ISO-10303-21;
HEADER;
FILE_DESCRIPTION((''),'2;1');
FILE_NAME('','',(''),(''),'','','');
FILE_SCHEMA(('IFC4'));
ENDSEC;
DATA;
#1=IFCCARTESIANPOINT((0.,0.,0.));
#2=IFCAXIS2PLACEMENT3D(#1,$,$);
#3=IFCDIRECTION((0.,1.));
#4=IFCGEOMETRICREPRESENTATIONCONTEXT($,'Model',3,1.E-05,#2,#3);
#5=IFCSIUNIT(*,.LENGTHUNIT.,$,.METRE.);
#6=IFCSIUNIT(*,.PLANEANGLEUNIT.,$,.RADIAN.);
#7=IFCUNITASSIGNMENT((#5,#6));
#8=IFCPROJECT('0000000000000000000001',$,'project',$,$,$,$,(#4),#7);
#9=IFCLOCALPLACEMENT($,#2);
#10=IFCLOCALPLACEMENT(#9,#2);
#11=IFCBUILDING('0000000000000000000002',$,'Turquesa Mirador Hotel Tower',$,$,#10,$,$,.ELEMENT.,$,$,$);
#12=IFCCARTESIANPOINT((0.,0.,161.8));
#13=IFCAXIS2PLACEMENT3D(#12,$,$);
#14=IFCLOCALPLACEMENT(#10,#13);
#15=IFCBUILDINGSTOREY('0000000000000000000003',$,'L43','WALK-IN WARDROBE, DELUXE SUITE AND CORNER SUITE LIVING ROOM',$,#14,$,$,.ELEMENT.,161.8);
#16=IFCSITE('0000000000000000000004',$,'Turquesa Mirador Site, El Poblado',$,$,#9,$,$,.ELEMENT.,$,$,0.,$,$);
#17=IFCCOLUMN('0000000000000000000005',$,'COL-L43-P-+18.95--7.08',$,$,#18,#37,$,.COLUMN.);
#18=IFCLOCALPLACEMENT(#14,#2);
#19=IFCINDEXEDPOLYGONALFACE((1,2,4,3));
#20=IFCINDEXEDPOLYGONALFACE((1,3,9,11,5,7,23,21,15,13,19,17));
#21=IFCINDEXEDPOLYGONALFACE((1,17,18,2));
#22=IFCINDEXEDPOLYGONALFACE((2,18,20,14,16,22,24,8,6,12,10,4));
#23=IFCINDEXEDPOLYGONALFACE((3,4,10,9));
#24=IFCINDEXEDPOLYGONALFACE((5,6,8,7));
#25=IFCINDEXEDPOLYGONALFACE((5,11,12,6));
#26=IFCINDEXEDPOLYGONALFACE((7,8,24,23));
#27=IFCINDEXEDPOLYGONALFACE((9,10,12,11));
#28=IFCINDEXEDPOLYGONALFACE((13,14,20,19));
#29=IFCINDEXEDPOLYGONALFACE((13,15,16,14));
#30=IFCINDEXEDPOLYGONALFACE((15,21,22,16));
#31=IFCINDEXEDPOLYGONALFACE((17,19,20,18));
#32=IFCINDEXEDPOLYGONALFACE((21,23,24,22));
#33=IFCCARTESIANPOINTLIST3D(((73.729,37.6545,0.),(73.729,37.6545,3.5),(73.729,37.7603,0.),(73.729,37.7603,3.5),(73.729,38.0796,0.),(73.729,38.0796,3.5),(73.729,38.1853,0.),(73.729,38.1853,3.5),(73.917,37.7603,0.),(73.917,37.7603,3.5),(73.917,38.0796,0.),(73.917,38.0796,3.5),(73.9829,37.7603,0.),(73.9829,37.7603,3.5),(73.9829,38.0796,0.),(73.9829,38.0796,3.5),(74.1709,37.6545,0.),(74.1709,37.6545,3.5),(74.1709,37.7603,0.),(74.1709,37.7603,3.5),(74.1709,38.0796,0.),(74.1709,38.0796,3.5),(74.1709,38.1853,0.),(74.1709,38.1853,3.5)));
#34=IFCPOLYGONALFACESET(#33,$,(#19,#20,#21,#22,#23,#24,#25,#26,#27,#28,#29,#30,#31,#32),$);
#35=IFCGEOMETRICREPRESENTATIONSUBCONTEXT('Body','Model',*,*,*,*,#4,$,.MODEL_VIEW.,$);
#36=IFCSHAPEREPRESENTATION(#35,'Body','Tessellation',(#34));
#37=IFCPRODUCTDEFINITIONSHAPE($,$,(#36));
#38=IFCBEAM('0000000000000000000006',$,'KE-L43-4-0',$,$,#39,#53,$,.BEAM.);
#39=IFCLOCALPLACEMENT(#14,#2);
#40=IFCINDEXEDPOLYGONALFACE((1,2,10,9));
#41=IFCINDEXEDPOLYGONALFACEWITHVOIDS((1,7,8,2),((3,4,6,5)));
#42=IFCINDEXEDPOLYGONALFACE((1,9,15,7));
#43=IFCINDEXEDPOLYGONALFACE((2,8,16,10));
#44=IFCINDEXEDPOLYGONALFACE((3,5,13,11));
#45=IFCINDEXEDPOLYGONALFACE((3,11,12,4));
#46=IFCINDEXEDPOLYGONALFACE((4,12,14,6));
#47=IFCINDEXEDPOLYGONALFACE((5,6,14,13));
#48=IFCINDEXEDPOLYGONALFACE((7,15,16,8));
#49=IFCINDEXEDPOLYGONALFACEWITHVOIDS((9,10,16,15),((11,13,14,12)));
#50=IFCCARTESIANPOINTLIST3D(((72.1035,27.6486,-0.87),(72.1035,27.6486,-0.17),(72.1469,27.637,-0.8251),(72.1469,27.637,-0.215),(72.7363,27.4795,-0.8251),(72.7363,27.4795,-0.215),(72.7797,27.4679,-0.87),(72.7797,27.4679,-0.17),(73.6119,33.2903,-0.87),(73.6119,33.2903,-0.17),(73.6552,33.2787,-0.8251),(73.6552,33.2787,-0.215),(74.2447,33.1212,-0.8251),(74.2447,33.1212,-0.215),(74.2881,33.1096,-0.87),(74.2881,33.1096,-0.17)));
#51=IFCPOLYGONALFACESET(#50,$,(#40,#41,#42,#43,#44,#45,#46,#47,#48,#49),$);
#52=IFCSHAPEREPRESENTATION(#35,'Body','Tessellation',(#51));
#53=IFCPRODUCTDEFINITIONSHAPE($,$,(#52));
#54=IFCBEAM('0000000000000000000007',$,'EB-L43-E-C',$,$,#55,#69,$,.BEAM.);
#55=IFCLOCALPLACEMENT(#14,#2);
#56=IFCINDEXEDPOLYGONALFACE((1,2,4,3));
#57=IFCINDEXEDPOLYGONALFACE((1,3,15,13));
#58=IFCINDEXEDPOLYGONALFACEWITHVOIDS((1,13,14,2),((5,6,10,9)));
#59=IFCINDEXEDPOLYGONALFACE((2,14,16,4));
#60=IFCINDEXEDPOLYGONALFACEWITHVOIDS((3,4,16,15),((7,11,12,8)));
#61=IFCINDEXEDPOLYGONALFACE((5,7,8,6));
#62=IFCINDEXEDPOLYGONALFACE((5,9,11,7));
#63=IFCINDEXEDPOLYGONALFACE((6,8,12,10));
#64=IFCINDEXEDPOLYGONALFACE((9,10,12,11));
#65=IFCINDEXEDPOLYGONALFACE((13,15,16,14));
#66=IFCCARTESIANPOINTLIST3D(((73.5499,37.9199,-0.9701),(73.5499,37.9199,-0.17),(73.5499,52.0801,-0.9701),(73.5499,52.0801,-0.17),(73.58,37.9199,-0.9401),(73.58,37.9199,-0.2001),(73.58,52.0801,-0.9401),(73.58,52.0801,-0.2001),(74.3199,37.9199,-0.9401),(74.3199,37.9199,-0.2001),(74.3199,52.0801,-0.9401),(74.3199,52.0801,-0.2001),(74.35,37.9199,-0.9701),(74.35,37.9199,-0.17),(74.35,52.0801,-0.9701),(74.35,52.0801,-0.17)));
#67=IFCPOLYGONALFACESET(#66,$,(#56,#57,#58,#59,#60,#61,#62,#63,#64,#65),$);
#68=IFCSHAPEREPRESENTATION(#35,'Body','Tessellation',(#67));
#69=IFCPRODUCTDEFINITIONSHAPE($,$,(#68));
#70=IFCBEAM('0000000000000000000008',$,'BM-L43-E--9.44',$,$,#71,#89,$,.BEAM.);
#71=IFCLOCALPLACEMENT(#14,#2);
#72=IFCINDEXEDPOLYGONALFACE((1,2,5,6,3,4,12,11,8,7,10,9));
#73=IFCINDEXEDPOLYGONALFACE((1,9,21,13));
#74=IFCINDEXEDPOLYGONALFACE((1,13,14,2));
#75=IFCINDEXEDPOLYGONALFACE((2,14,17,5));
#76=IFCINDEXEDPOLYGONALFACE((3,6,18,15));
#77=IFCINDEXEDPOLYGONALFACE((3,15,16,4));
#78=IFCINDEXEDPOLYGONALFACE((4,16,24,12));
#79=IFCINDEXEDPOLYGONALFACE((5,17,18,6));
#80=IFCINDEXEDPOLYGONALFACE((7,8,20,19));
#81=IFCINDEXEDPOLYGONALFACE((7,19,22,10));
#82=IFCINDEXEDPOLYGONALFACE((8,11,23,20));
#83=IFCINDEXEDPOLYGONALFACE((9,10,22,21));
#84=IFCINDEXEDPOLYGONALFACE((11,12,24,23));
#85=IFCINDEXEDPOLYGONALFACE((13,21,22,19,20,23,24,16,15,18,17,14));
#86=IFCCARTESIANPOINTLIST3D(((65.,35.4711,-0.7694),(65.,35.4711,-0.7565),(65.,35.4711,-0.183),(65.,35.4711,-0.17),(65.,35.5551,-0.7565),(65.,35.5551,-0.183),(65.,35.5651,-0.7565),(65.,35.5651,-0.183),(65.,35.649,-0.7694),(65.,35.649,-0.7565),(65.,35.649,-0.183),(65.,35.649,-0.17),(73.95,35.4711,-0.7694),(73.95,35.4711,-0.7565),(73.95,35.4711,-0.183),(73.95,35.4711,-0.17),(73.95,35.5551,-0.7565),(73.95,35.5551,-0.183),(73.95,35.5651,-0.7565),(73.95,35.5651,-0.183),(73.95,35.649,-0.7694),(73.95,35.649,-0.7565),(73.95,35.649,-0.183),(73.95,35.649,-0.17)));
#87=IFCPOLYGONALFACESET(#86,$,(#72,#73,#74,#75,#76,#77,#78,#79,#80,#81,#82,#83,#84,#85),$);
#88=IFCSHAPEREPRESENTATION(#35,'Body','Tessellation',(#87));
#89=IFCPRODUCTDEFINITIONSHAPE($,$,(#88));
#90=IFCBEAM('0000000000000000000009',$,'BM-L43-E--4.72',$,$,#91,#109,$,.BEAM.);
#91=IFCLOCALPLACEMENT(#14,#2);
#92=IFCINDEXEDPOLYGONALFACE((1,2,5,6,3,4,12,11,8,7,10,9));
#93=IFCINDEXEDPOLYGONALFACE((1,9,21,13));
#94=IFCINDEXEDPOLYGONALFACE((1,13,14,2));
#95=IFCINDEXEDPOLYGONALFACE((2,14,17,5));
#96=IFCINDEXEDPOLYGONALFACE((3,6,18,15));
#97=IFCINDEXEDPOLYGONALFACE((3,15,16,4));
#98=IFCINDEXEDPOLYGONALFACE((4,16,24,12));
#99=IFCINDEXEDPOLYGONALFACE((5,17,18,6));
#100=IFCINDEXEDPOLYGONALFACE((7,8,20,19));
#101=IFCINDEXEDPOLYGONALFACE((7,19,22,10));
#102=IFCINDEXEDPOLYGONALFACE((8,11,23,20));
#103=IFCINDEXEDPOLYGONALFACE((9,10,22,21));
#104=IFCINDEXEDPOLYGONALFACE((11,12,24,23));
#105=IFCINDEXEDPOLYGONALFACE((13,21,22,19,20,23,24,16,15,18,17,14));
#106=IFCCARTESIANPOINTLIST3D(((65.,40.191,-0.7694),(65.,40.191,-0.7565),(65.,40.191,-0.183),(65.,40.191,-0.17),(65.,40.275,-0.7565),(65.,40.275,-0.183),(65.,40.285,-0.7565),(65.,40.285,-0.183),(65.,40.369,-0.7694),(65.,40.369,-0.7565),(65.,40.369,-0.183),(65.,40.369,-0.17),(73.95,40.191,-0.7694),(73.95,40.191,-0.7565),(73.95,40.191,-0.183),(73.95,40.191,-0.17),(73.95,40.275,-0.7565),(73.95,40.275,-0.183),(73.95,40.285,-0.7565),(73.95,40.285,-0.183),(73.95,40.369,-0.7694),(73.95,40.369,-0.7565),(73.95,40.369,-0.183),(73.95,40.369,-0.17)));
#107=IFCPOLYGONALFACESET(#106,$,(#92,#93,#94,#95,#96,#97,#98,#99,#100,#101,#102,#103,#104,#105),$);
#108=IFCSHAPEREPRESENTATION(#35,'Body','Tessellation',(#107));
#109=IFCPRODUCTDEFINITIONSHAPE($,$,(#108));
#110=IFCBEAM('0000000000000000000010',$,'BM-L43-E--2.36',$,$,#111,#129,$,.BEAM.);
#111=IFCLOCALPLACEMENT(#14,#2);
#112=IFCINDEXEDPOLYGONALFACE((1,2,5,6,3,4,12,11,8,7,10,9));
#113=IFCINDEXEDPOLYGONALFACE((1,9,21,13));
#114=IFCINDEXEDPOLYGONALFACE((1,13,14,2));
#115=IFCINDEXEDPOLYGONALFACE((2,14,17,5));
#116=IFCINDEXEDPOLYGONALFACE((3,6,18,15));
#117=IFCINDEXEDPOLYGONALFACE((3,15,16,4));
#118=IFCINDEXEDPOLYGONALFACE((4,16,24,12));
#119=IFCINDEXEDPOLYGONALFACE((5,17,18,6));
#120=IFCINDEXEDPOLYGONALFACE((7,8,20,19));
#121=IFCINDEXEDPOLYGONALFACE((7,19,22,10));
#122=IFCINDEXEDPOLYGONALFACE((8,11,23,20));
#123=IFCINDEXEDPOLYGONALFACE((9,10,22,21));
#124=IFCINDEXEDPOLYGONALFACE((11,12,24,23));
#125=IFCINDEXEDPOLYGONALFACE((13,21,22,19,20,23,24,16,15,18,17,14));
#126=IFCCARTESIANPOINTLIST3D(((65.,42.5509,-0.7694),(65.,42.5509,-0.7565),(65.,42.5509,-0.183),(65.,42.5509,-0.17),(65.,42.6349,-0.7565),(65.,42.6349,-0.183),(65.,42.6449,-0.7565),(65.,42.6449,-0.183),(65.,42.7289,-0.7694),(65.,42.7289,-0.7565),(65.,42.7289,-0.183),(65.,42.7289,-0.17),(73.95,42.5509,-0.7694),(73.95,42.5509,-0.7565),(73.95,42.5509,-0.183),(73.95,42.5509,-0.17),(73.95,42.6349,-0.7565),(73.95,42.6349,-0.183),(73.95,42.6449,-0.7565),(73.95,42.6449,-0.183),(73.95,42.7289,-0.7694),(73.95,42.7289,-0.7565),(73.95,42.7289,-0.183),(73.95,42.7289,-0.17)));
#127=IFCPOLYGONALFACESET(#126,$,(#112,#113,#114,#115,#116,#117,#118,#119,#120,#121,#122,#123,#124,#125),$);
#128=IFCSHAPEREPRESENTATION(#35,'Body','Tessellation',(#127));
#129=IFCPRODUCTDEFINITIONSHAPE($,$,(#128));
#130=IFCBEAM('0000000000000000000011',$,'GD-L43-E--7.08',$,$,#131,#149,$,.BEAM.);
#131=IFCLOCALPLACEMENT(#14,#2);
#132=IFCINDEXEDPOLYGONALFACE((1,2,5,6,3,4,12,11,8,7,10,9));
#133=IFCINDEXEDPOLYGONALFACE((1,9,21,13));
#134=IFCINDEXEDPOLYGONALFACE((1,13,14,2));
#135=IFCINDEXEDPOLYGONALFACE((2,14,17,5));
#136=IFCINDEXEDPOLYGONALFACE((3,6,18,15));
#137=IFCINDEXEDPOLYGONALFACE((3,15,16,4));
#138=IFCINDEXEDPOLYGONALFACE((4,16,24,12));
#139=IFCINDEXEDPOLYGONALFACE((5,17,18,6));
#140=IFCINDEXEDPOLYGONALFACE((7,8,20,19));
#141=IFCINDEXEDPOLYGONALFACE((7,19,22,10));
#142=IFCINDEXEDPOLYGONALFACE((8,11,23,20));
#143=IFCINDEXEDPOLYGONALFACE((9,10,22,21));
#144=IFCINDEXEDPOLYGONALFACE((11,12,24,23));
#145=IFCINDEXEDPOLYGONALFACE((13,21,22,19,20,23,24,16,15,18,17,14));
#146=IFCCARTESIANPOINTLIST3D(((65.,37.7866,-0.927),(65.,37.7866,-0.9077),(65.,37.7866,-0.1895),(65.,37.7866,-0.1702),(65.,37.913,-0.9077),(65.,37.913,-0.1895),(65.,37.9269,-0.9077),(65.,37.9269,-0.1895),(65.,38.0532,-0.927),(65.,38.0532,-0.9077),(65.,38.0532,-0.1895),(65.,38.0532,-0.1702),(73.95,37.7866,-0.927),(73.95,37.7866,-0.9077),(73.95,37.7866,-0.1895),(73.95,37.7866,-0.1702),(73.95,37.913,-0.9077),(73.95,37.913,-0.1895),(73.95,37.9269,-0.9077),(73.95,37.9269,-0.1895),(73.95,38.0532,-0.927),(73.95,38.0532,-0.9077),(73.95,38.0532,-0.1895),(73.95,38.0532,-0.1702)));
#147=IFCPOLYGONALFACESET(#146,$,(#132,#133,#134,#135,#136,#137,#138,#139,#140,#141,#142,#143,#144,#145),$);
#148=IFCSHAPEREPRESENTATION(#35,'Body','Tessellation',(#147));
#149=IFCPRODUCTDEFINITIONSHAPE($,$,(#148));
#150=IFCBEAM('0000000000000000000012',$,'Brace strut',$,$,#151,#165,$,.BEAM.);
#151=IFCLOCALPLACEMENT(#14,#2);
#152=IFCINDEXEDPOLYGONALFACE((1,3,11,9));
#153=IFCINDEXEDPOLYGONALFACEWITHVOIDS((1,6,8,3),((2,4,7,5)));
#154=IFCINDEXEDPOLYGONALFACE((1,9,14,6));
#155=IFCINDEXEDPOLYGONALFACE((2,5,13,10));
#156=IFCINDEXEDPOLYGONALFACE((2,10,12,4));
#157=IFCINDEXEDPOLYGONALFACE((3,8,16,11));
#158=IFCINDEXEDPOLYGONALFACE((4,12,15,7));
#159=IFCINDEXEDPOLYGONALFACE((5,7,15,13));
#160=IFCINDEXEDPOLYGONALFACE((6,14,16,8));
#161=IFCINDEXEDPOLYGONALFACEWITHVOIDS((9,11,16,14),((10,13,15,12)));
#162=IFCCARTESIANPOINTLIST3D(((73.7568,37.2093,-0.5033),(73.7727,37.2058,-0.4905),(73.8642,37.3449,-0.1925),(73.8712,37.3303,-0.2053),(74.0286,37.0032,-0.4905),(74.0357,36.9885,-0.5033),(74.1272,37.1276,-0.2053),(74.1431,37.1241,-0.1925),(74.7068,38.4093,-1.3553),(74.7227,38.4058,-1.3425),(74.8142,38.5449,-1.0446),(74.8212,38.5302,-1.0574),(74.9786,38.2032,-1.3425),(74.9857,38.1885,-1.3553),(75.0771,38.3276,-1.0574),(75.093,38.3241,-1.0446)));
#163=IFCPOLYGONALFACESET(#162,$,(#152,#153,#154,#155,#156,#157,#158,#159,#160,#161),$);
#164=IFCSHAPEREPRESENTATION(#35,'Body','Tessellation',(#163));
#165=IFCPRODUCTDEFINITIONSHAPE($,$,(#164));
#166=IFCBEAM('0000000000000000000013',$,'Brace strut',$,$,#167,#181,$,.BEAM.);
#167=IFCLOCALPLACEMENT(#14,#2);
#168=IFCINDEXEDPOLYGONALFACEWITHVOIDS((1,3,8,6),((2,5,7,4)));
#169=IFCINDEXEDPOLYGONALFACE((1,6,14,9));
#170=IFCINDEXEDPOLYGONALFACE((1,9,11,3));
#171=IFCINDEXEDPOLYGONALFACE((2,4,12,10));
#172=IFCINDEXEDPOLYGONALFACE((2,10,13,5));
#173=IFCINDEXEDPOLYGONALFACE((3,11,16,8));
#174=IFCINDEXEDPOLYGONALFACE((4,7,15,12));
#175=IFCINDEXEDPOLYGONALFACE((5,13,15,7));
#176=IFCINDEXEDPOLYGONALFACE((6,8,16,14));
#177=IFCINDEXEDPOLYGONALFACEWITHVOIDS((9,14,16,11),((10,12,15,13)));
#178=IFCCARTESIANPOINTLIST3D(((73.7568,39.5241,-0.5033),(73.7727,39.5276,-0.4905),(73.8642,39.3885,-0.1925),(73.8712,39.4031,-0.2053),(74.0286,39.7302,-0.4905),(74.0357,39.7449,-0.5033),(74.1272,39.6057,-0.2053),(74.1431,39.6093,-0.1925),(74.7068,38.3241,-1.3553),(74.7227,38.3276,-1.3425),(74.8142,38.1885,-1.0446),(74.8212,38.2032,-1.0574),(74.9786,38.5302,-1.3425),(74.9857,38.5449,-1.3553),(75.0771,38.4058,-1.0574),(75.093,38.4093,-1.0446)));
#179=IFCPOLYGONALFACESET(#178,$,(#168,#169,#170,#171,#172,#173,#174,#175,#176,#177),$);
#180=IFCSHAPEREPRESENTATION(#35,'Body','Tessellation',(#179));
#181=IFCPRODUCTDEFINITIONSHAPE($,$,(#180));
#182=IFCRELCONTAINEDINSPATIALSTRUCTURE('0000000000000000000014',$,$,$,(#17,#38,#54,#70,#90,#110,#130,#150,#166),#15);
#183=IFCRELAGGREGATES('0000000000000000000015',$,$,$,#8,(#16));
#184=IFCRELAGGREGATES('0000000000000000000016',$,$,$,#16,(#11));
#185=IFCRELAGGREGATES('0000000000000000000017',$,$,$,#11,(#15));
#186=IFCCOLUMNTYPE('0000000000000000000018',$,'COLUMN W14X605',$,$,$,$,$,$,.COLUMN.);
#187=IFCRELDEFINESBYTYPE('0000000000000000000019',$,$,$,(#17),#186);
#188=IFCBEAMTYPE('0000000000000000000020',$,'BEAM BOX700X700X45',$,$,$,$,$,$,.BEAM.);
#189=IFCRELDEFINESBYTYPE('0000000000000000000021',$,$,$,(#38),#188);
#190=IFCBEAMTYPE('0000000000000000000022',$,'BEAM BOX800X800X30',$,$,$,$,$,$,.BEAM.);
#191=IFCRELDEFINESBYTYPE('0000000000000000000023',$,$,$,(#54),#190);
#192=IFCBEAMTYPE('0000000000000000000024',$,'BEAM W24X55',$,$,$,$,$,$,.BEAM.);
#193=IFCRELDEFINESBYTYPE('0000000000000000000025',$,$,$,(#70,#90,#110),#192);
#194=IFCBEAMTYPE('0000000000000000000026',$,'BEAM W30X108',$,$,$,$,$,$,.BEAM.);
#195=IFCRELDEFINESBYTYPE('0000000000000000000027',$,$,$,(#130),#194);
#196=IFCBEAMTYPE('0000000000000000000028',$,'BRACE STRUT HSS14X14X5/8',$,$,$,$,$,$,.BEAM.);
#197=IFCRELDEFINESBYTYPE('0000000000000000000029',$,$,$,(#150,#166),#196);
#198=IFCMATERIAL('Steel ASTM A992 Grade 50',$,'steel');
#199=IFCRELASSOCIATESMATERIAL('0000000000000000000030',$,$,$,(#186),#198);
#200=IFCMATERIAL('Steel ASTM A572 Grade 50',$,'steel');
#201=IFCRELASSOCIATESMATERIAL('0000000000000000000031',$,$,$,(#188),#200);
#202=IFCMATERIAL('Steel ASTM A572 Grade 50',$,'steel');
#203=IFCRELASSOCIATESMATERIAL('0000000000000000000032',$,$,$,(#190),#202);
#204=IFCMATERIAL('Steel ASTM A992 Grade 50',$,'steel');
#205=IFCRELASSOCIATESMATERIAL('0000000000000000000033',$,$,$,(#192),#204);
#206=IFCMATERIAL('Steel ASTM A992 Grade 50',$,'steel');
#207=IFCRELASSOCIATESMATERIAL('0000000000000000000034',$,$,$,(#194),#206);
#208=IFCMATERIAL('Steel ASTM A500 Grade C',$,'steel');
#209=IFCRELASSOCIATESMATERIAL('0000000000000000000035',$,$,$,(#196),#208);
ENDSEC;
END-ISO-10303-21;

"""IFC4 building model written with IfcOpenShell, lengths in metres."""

from ifc_helpers import new_model, si_unit, direction, frame, origin, origin_2d, place, context, subcontext, project, spatial, hollow_rectangle, i_section, extrude, material, material_profile, profile_set, type_object, element, save


model = new_model("IFC4")

# Units and contexts
model_context = context("Model", 3, precision=1e-05, world=origin(), true_north=direction((0.0, 1.0)))
body_context = subcontext(model_context, "Body", "Model", "MODEL_VIEW")
ifc_project = project(units=[si_unit("LENGTHUNIT", "METRE"), si_unit("PLANEANGLEUNIT", "RADIAN")], contexts=[model_context])

# Site, building, storey
site_placement = place(None, origin())
site = spatial("IfcSite", under=ifc_project, at=site_placement, Name="Turquesa Mirador Site, El Poblado", CompositionType="ELEMENT", RefElevation=0.0)
building_placement = place(site_placement, origin())
building = spatial("IfcBuilding", under=site, at=building_placement, Name="Turquesa Mirador Hotel Tower", CompositionType="ELEMENT")
storey_placement = place(building_placement, frame((0.0, 0.0, 161.8)))
storey = spatial("IfcBuildingStorey", under=building, at=storey_placement, Name="L43", Description="WALK-IN WARDROBE, DELUXE SUITE AND CORNER SUITE LIVING ROOM", CompositionType="ELEMENT", Elevation=161.8)

# Column
ifc_material_1 = material(Name="Steel ASTM A992 Grade 50", Category="steel")
ifc_material_profile_1 = material_profile(ifc_material_1, i_section(OverallWidth=0.4419, OverallDepth=0.5308, WebThickness=0.0659, FlangeThickness=0.1057, at=origin_2d()), Name="W14X605")
ifc_profile_set_1 = profile_set([ifc_material_profile_1], Name="Steel ASTM A992 Grade 50")
column_type = type_object("IfcColumnType", Name="COLUMN W14X605", PredefinedType="COLUMN", material=ifc_profile_set_1)
column_placement = place(storey_placement, frame((73.95, 37.9199, 0.0), z_axis=(0.0, 0.0, 1.0), x_axis=(1.0, 0.0, 0.0)))
element("IfcColumn", 1, at=column_placement, inside=storey, type_object=column_type, Name="COL-L43-P-+18.95--7.08", PredefinedType="COLUMN", context=body_context, shape_type="SweptSolid", body=[
    extrude(i_section(OverallWidth=0.4419, OverallDepth=0.5308, WebThickness=0.0659, FlangeThickness=0.1057, at=origin_2d()), origin(), (0.0, 0.0, 1.0), 3.5),
])

# Beams
ifc_material_2 = material(Name="Steel ASTM A572 Grade 50", Category="steel")
ifc_material_profile_2 = material_profile(ifc_material_2, hollow_rectangle(XDim=0.7, YDim=0.7, WallThickness=0.0449, at=origin_2d()), Name="BOX700X700X45")
ifc_profile_set_2 = profile_set([ifc_material_profile_2], Name="Steel ASTM A572 Grade 50")
beam_type_1 = type_object("IfcBeamType", Name="BEAM BOX700X700X45", PredefinedType="BEAM", material=ifc_profile_set_2)
beam_1_placement = place(storey_placement, frame((73.95, 33.2, -0.52), z_axis=(-0.258282, -0.96607, 0.0), x_axis=(0.96607, -0.258282, 0.0)))
element("IfcBeam", 2, at=beam_1_placement, inside=storey, type_object=beam_type_1, Name="KE-L43-4-0", PredefinedType="BEAM", context=body_context, shape_type="SweptSolid", body=[
    extrude(hollow_rectangle(XDim=0.7, YDim=0.7, WallThickness=0.0449, at=origin_2d()), origin(), (0.0, 0.0, 1.0), 5.8398),
])
ifc_material_3 = material(Name="Steel ASTM A572 Grade 50", Category="steel")
ifc_material_profile_3 = material_profile(ifc_material_3, hollow_rectangle(XDim=0.8, YDim=0.8, WallThickness=0.03, at=origin_2d()), Name="BOX800X800X30")
ifc_profile_set_3 = profile_set([ifc_material_profile_3], Name="Steel ASTM A572 Grade 50")
beam_type_2 = type_object("IfcBeamType", Name="BEAM BOX800X800X30", PredefinedType="BEAM", material=ifc_profile_set_3)
beam_2_placement = place(storey_placement, frame((73.95, 37.9199, -0.5701), z_axis=(0.0, 1.0, 0.0), x_axis=(-1.0, 0.0, 0.0)))
element("IfcBeam", 3, at=beam_2_placement, inside=storey, type_object=beam_type_2, Name="EB-L43-E-C", PredefinedType="BEAM", context=body_context, shape_type="SweptSolid", body=[
    extrude(hollow_rectangle(XDim=0.8, YDim=0.8, WallThickness=0.03, at=origin_2d()), origin(), (0.0, 0.0, 1.0), 14.1602),
])
ifc_material_4 = material(Name="Steel ASTM A992 Grade 50", Category="steel")
ifc_material_profile_4 = material_profile(ifc_material_4, i_section(OverallWidth=0.178, OverallDepth=0.5994, WebThickness=0.01, FlangeThickness=0.0129, at=origin_2d()), Name="W24X55")
ifc_profile_set_4 = profile_set([ifc_material_profile_4], Name="Steel ASTM A992 Grade 50")
beam_type_3 = type_object("IfcBeamType", Name="BEAM W24X55", PredefinedType="BEAM", material=ifc_profile_set_4)
for number, where, z_axis, x_axis, name in (
    (4, (73.95, 35.5601, -0.4697), (-1.0, 0.0, 0.0), (0.0, -1.0, 0.0), "BM-L43-E--9.44"),
    (5, (73.95, 40.28, -0.4697), (-1.0, 0.0, 0.0), (0.0, -1.0, 0.0), "BM-L43-E--4.72"),
    (6, (73.95, 42.6399, -0.4697), (-1.0, 0.0, 0.0), (0.0, -1.0, 0.0), "BM-L43-E--2.36"),
):
    element("IfcBeam", number, at=place(storey_placement, frame(where, z_axis=z_axis, x_axis=x_axis)), inside=storey, type_object=beam_type_3, Name=name, PredefinedType="BEAM", context=body_context, shape_type="SweptSolid", body=[
        extrude(i_section(OverallWidth=0.178, OverallDepth=0.5994, WebThickness=0.01, FlangeThickness=0.0129, at=origin_2d()), origin(), (0.0, 0.0, 1.0), 8.95),
    ])
ifc_material_5 = material(Name="Steel ASTM A992 Grade 50", Category="steel")
ifc_material_profile_5 = material_profile(ifc_material_5, i_section(OverallWidth=0.2666, OverallDepth=0.7568, WebThickness=0.0139, FlangeThickness=0.0193, at=origin_2d()), Name="W30X108")
ifc_profile_set_5 = profile_set([ifc_material_profile_5], Name="Steel ASTM A992 Grade 50")
beam_type_4 = type_object("IfcBeamType", Name="BEAM W30X108", PredefinedType="BEAM", material=ifc_profile_set_5)
beam_3_placement = place(storey_placement, frame((73.95, 37.9199, -0.5486), z_axis=(-1.0, 0.0, 0.0), x_axis=(0.0, -1.0, 0.0)))
element("IfcBeam", 7, at=beam_3_placement, inside=storey, type_object=beam_type_4, Name="GD-L43-E--7.08", PredefinedType="BEAM", context=body_context, shape_type="SweptSolid", body=[
    extrude(i_section(OverallWidth=0.2666, OverallDepth=0.7568, WebThickness=0.0139, FlangeThickness=0.0193, at=origin_2d()), origin(), (0.0, 0.0, 1.0), 8.95),
])
ifc_material_6 = material(Name="Steel ASTM A500 Grade C", Category="steel")
ifc_material_profile_6 = material_profile(ifc_material_6, hollow_rectangle(XDim=0.3557, YDim=0.3557, WallThickness=0.0146, at=origin_2d()), Name="HSS14X14X5/8")
ifc_profile_set_6 = profile_set([ifc_material_profile_6], Name="Steel ASTM A500 Grade C")
beam_type_5 = type_object("IfcBeamType", Name="BRACE STRUT HSS14X14X5/8", PredefinedType="BEAM", material=ifc_profile_set_6)
for number, where, z_axis, x_axis, name in (
    (8, (74.8999, 38.3667, -1.2), (-0.542318, -0.68504, 0.486427), (0.784049, -0.620699, 0.0), "Brace strut"),
    (9, (74.8999, 38.3667, -1.2), (-0.542318, 0.68504, 0.486427), (-0.784049, -0.620699, 0.0), "Brace strut"),
):
    element("IfcBeam", number, at=place(storey_placement, frame(where, z_axis=z_axis, x_axis=x_axis)), inside=storey, type_object=beam_type_5, Name=name, PredefinedType="BEAM", context=body_context, shape_type="SweptSolid", body=[
        extrude(hollow_rectangle(XDim=0.3557, YDim=0.3557, WallThickness=0.0146, at=origin_2d()), origin(), (0.0, 0.0, 1.0), 1.7517),
    ])

save(model, "model.ifc")
